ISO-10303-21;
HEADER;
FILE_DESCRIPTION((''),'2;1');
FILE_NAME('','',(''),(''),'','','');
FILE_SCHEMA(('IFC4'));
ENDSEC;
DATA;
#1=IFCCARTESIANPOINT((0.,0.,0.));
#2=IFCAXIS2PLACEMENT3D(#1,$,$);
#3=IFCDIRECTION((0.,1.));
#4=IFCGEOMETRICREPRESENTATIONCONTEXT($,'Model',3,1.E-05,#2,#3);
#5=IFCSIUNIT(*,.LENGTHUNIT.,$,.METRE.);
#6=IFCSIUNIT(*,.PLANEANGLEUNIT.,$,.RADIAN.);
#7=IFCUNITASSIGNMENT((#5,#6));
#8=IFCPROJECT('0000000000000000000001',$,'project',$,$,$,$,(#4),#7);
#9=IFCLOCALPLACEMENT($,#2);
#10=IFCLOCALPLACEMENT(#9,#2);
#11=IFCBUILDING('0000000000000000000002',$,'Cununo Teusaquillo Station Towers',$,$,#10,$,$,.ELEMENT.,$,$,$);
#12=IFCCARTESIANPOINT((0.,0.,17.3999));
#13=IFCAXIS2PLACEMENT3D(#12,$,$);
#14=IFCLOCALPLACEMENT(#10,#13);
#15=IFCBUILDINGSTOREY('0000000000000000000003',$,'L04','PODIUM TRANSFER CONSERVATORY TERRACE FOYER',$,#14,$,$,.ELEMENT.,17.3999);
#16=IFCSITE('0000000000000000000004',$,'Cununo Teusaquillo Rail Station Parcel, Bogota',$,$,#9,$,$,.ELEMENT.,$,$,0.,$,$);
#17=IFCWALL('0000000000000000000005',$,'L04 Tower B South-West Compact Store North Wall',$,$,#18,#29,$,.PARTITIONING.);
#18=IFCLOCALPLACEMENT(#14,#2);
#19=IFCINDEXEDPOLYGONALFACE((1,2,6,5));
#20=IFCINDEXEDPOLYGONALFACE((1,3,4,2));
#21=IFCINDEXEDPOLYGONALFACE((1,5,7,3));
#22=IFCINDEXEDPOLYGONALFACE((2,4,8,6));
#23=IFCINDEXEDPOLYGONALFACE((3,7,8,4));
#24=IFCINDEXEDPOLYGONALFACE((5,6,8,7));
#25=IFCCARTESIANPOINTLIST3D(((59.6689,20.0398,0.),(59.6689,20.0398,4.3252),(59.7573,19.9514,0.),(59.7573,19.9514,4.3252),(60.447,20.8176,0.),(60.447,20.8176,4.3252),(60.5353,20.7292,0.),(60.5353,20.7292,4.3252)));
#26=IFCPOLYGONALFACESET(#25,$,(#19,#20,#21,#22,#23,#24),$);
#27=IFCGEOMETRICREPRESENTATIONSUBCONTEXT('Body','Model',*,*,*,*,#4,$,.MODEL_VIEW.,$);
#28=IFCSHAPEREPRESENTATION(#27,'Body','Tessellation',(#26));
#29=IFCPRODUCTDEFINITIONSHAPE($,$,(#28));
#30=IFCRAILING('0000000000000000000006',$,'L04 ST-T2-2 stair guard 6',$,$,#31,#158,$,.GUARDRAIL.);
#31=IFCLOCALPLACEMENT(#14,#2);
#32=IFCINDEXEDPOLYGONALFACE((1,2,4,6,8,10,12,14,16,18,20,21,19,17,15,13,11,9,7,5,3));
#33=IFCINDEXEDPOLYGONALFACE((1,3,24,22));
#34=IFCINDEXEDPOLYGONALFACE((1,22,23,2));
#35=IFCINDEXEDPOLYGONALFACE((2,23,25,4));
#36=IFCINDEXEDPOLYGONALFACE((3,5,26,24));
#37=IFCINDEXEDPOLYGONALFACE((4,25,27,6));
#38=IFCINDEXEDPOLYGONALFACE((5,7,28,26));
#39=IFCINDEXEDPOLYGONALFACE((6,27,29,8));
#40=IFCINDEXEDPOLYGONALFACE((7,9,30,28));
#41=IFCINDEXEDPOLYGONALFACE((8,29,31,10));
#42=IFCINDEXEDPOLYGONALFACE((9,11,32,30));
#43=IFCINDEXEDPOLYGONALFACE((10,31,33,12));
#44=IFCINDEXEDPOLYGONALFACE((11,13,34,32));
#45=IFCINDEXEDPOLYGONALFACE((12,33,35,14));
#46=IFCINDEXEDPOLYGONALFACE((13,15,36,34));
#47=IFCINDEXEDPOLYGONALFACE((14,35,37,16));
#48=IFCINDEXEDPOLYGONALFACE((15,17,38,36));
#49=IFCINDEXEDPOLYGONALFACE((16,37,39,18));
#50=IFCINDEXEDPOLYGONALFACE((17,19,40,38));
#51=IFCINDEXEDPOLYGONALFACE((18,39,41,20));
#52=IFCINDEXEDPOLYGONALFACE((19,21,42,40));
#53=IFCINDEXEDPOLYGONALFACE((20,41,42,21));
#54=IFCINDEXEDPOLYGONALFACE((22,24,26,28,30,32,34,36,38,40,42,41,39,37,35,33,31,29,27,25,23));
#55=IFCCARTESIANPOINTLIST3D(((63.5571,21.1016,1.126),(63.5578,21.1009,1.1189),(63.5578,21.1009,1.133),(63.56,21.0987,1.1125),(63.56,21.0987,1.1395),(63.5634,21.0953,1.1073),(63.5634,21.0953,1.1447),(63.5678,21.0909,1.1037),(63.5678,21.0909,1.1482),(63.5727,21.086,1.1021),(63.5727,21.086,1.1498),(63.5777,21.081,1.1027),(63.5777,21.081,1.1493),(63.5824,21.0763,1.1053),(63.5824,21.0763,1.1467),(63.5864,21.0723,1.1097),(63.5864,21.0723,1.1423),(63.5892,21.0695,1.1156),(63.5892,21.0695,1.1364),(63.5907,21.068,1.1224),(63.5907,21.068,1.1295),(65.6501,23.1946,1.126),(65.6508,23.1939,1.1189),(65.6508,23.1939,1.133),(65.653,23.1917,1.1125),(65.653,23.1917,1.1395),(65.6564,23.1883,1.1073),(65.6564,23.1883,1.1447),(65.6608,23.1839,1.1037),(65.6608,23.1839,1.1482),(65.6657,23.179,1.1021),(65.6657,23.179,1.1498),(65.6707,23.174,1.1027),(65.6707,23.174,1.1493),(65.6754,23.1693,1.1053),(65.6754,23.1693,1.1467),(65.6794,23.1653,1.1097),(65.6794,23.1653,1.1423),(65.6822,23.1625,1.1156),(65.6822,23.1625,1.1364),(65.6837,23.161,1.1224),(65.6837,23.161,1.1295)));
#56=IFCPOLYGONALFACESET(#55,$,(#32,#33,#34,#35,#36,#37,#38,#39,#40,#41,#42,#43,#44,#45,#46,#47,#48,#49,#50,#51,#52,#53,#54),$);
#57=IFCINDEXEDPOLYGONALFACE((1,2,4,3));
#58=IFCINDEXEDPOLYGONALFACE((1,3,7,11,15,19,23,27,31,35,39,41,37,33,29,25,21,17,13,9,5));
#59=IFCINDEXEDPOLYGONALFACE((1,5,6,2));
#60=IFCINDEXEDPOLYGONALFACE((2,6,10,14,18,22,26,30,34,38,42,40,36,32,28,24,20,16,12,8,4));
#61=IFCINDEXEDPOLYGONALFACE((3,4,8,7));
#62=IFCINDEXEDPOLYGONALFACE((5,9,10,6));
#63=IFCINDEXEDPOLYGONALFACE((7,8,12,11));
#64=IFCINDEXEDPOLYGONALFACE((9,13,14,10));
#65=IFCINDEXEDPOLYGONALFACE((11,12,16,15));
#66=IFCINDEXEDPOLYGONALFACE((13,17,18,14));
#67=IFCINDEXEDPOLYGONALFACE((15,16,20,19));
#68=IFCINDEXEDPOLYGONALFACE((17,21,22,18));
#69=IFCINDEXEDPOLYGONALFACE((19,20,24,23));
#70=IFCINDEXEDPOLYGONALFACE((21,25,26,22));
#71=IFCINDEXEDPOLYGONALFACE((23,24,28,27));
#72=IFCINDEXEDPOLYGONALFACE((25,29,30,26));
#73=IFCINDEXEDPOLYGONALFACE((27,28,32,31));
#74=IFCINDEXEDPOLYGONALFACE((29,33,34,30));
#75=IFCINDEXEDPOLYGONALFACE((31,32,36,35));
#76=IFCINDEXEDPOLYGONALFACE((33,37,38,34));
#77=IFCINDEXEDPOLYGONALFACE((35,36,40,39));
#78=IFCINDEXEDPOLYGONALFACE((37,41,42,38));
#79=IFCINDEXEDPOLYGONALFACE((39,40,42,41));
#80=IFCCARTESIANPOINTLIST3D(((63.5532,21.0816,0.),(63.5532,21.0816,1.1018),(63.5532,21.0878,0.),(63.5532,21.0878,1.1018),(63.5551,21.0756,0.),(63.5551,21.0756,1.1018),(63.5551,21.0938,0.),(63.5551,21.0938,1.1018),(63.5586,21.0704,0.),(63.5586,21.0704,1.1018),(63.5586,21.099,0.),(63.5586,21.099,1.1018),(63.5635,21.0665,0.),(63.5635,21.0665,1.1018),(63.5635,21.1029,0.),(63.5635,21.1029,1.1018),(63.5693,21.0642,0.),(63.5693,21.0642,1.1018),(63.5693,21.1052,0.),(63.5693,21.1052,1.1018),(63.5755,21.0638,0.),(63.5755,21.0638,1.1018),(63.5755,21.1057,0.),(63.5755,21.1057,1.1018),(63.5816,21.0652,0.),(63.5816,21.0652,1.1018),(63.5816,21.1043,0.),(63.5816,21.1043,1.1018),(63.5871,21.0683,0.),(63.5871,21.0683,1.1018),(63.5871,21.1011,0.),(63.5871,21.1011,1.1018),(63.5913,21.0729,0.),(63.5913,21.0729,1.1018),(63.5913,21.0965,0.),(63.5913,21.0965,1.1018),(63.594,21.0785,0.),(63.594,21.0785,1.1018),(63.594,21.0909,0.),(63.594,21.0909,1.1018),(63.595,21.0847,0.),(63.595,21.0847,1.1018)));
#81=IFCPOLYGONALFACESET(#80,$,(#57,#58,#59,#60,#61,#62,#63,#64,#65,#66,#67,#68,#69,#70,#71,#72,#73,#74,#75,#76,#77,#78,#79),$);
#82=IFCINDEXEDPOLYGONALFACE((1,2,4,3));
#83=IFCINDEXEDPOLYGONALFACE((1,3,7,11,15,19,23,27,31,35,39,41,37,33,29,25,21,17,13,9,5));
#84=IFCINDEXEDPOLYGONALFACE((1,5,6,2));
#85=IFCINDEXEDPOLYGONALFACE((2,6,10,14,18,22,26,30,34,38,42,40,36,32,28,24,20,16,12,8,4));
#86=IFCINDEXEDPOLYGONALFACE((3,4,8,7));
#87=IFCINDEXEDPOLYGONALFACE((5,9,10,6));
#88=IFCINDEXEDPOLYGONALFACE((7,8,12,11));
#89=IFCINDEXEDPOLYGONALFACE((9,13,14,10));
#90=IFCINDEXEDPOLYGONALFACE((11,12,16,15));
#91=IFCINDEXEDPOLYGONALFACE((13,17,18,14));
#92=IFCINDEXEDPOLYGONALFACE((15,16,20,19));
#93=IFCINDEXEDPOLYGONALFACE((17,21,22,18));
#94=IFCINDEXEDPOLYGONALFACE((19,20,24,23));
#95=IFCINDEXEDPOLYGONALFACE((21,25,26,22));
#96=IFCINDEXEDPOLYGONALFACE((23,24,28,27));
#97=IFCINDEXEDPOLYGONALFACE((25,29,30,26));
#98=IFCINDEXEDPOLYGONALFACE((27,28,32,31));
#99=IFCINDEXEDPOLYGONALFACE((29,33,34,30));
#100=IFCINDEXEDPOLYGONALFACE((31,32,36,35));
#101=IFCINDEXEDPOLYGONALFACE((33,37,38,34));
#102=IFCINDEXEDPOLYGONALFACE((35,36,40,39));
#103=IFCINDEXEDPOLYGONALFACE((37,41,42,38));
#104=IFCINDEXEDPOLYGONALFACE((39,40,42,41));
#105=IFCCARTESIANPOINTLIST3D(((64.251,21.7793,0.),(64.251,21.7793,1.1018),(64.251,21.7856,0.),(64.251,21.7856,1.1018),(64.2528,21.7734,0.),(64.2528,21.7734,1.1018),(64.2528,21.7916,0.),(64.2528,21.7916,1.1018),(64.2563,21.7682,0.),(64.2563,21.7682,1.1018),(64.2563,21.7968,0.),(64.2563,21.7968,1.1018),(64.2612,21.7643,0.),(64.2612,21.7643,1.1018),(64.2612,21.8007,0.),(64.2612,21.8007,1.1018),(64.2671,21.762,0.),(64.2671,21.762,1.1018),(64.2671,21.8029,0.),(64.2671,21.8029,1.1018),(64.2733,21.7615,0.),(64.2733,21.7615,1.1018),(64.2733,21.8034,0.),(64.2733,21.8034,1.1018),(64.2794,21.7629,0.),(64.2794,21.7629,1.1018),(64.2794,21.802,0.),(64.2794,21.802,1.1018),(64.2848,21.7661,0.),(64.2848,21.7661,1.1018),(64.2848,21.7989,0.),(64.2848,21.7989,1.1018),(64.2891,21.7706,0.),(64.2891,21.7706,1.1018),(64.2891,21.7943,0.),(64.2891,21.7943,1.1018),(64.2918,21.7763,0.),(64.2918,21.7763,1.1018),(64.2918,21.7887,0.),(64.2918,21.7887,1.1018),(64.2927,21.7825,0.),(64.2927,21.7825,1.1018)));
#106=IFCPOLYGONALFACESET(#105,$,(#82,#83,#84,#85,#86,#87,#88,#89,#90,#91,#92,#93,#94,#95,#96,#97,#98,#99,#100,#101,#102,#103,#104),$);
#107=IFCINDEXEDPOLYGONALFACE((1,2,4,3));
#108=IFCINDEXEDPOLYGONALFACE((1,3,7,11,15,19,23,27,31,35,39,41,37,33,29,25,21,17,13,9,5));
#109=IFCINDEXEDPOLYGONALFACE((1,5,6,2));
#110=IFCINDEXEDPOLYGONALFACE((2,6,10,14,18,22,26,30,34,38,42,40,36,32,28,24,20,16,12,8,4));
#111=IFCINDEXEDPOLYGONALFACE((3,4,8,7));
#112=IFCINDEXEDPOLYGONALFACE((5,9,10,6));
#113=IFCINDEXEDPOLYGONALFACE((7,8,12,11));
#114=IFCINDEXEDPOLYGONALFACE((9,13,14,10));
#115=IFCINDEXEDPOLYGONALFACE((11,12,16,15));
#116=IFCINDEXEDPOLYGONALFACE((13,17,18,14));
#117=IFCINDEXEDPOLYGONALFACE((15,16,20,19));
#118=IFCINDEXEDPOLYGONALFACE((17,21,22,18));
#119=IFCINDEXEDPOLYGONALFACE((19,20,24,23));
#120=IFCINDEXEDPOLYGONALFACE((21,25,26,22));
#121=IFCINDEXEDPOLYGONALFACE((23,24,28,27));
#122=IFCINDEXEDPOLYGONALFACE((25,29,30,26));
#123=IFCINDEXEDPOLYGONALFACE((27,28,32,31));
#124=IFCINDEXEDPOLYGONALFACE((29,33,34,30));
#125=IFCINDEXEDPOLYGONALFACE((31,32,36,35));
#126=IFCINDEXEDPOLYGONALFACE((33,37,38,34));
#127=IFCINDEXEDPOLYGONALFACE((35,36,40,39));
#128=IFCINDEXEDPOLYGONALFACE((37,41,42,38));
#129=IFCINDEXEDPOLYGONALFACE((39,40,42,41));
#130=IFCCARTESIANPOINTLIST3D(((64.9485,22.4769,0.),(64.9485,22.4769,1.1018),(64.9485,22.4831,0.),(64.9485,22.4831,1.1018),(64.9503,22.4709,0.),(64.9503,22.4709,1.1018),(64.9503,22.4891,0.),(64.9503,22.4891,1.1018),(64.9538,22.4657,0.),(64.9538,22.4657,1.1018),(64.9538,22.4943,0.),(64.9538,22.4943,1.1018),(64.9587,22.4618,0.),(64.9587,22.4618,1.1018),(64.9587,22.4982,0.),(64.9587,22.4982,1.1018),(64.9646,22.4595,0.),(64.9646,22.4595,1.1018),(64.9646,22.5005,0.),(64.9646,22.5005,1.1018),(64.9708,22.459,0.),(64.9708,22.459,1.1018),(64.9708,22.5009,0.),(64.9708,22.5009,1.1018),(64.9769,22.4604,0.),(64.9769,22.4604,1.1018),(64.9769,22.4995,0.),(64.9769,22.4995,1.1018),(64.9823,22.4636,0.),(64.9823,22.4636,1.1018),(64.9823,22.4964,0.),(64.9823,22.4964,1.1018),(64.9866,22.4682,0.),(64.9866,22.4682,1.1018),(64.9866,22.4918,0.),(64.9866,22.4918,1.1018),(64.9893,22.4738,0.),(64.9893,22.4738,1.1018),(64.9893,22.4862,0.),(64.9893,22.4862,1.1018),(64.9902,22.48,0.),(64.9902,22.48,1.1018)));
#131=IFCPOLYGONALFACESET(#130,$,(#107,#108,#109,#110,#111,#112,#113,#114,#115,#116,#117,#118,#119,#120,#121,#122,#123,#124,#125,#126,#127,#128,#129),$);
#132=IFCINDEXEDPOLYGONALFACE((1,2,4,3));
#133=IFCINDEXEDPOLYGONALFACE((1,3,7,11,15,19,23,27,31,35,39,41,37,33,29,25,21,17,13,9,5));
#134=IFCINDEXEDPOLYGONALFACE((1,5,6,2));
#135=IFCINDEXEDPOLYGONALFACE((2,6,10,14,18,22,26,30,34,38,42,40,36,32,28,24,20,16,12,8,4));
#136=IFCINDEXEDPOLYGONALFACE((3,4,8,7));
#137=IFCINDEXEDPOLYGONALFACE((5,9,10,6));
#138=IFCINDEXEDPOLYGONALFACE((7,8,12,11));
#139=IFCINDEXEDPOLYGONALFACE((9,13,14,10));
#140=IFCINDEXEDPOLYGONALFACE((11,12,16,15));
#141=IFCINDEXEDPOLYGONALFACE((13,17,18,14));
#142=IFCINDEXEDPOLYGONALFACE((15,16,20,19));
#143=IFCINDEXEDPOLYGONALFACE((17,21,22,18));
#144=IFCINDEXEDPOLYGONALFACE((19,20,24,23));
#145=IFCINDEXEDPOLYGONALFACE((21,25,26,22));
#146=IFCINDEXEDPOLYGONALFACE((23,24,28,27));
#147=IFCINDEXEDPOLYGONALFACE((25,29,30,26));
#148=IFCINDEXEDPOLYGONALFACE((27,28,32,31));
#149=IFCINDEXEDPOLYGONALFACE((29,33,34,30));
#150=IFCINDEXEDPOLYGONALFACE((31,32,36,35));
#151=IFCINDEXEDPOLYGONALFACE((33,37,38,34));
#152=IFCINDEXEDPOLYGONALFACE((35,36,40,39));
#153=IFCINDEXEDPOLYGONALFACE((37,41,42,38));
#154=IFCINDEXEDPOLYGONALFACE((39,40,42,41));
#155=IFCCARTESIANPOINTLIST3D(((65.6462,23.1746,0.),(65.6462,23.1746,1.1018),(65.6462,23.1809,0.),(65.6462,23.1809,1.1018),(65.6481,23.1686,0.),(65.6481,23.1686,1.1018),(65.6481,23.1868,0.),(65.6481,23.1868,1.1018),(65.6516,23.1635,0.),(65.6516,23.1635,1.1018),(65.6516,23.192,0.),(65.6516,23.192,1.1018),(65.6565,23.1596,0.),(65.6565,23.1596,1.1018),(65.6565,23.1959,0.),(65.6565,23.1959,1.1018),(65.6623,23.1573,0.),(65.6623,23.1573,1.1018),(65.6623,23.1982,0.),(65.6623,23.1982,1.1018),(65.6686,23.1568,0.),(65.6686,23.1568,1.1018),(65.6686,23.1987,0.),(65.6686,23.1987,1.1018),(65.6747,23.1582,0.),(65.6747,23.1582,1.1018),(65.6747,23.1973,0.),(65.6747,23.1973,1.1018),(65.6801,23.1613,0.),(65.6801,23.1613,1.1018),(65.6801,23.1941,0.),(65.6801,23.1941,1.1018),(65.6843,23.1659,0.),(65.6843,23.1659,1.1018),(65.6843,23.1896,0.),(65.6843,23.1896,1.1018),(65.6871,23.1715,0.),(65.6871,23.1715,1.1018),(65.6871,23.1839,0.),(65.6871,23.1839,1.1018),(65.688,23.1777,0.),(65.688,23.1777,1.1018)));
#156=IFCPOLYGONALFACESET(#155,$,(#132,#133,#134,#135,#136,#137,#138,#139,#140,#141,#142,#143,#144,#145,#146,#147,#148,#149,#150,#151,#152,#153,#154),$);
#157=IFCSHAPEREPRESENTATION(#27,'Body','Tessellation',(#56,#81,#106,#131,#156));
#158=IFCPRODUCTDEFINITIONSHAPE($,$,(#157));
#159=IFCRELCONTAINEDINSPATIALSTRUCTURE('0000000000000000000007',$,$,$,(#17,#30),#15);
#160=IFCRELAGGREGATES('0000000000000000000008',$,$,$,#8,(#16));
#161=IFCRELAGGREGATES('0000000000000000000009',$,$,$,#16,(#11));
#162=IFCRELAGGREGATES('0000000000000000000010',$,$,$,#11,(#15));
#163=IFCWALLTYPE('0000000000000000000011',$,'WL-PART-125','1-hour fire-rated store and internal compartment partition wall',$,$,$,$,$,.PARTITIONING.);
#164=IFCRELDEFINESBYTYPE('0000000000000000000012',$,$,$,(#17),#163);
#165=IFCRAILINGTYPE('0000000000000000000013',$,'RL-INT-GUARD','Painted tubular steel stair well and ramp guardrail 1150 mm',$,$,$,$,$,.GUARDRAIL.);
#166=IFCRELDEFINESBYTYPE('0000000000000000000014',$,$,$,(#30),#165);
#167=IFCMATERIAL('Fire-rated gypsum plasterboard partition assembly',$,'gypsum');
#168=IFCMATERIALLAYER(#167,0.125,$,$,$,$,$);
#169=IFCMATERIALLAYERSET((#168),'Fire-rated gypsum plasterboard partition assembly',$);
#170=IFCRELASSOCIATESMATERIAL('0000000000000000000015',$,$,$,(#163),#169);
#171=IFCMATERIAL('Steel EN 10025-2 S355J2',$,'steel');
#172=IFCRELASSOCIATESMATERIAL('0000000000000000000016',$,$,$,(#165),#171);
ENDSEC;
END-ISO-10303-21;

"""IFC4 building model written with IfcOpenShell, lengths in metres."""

from ifc_helpers import new_model, si_unit, direction, frame, frame_2d, origin, origin_2d, place, context, subcontext, project, spatial, rectangle, circle, extrude, material, layer, layer_set, type_object, element, save


model = new_model("IFC4")

# Units and contexts
model_context = context("Model", 3, precision=1e-05, world=origin(), true_north=direction((0.0, 1.0)))
body_context = subcontext(model_context, "Body", "Model", "MODEL_VIEW")
ifc_project = project(units=[si_unit("LENGTHUNIT", "METRE"), si_unit("PLANEANGLEUNIT", "RADIAN")], contexts=[model_context])

# Site, building, storey
site_placement = place(None, origin())
site = spatial("IfcSite", under=ifc_project, at=site_placement, Name="Cununo Teusaquillo Rail Station Parcel, Bogota", CompositionType="ELEMENT", RefElevation=0.0)
building_placement = place(site_placement, origin())
building = spatial("IfcBuilding", under=site, at=building_placement, Name="Cununo Teusaquillo Station Towers", CompositionType="ELEMENT")
storey_placement = place(building_placement, frame((0.0, 0.0, 17.3999)))
storey = spatial("IfcBuildingStorey", under=building, at=storey_placement, Name="L04", Description="PODIUM TRANSFER CONSERVATORY TERRACE FOYER", CompositionType="ELEMENT", Elevation=17.3999)

# Shared definitions
ifc_material_1 = material(Name="Fire-rated gypsum plasterboard partition assembly", Category="gypsum")
ifc_layer_1 = layer(ifc_material_1, 0.125)
ifc_layer_set_1 = layer_set([ifc_layer_1], Name="Fire-rated gypsum plasterboard partition assembly")
wall_type_1 = type_object("IfcWallType", Name="WL-PART-125", Description="1-hour fire-rated store and internal compartment partition wall", PredefinedType="PARTITIONING", material=ifc_layer_set_1)

# Wall
wall_1_placement = place(storey_placement, frame((59.7131, 19.9956, 0.0), z_axis=(0.0, 0.0, 1.0), x_axis=(0.707218, 0.706996, 0.0)))
element("IfcWall", 1, at=wall_1_placement, inside=storey, type_object=wall_type_1, Name="L04 Tower B South-West Compact Store North Wall", PredefinedType="PARTITIONING", context=body_context, shape_type="SweptSolid", body=[
    extrude(rectangle(XDim=1.1001, YDim=0.125, at=frame_2d((0.55, 0.0))), origin(), (0.0, 0.0, 1.0), 4.3252),
])

# Railing
ifc_material_2 = material(Name="Steel EN 10025-2 S355J2", Category="steel")
railing_type = type_object("IfcRailingType", Name="RL-INT-GUARD", Description="Painted tubular steel stair well and ramp guardrail 1150 mm", PredefinedType="GUARDRAIL", material=ifc_material_2)
railing_placement = place(storey_placement, frame((63.574, 21.0847, 0.0)))
element("IfcRailing", 2, at=railing_placement, inside=storey, type_object=railing_type, Name="L04 ST-T2-2 stair guard 6", PredefinedType="GUARDRAIL", context=body_context, shape_type="SweptSolid", body=[
    extrude(circle(Radius=0.0239, at=origin_2d()), frame((0.0, 0.0, 1.126), z_axis=(0.707107, 0.707107, 0.0), x_axis=(-0.707107, 0.707107, 0.0)), (0.0, 0.0, 1.0), 2.96),
    extrude(circle(Radius=0.021, at=origin_2d()), origin(), (0.0, 0.0, 1.0), 1.1018),
    extrude(circle(Radius=0.021, at=origin_2d()), frame((0.6978, 0.6978, 0.0)), (0.0, 0.0, 1.0), 1.1018),
    extrude(circle(Radius=0.021, at=origin_2d()), frame((1.3953, 1.3953, 0.0)), (0.0, 0.0, 1.0), 1.1018),
    extrude(circle(Radius=0.021, at=origin_2d()), frame((2.093, 2.093, 0.0)), (0.0, 0.0, 1.0), 1.1018),
])

save(model, "model.ifc")
